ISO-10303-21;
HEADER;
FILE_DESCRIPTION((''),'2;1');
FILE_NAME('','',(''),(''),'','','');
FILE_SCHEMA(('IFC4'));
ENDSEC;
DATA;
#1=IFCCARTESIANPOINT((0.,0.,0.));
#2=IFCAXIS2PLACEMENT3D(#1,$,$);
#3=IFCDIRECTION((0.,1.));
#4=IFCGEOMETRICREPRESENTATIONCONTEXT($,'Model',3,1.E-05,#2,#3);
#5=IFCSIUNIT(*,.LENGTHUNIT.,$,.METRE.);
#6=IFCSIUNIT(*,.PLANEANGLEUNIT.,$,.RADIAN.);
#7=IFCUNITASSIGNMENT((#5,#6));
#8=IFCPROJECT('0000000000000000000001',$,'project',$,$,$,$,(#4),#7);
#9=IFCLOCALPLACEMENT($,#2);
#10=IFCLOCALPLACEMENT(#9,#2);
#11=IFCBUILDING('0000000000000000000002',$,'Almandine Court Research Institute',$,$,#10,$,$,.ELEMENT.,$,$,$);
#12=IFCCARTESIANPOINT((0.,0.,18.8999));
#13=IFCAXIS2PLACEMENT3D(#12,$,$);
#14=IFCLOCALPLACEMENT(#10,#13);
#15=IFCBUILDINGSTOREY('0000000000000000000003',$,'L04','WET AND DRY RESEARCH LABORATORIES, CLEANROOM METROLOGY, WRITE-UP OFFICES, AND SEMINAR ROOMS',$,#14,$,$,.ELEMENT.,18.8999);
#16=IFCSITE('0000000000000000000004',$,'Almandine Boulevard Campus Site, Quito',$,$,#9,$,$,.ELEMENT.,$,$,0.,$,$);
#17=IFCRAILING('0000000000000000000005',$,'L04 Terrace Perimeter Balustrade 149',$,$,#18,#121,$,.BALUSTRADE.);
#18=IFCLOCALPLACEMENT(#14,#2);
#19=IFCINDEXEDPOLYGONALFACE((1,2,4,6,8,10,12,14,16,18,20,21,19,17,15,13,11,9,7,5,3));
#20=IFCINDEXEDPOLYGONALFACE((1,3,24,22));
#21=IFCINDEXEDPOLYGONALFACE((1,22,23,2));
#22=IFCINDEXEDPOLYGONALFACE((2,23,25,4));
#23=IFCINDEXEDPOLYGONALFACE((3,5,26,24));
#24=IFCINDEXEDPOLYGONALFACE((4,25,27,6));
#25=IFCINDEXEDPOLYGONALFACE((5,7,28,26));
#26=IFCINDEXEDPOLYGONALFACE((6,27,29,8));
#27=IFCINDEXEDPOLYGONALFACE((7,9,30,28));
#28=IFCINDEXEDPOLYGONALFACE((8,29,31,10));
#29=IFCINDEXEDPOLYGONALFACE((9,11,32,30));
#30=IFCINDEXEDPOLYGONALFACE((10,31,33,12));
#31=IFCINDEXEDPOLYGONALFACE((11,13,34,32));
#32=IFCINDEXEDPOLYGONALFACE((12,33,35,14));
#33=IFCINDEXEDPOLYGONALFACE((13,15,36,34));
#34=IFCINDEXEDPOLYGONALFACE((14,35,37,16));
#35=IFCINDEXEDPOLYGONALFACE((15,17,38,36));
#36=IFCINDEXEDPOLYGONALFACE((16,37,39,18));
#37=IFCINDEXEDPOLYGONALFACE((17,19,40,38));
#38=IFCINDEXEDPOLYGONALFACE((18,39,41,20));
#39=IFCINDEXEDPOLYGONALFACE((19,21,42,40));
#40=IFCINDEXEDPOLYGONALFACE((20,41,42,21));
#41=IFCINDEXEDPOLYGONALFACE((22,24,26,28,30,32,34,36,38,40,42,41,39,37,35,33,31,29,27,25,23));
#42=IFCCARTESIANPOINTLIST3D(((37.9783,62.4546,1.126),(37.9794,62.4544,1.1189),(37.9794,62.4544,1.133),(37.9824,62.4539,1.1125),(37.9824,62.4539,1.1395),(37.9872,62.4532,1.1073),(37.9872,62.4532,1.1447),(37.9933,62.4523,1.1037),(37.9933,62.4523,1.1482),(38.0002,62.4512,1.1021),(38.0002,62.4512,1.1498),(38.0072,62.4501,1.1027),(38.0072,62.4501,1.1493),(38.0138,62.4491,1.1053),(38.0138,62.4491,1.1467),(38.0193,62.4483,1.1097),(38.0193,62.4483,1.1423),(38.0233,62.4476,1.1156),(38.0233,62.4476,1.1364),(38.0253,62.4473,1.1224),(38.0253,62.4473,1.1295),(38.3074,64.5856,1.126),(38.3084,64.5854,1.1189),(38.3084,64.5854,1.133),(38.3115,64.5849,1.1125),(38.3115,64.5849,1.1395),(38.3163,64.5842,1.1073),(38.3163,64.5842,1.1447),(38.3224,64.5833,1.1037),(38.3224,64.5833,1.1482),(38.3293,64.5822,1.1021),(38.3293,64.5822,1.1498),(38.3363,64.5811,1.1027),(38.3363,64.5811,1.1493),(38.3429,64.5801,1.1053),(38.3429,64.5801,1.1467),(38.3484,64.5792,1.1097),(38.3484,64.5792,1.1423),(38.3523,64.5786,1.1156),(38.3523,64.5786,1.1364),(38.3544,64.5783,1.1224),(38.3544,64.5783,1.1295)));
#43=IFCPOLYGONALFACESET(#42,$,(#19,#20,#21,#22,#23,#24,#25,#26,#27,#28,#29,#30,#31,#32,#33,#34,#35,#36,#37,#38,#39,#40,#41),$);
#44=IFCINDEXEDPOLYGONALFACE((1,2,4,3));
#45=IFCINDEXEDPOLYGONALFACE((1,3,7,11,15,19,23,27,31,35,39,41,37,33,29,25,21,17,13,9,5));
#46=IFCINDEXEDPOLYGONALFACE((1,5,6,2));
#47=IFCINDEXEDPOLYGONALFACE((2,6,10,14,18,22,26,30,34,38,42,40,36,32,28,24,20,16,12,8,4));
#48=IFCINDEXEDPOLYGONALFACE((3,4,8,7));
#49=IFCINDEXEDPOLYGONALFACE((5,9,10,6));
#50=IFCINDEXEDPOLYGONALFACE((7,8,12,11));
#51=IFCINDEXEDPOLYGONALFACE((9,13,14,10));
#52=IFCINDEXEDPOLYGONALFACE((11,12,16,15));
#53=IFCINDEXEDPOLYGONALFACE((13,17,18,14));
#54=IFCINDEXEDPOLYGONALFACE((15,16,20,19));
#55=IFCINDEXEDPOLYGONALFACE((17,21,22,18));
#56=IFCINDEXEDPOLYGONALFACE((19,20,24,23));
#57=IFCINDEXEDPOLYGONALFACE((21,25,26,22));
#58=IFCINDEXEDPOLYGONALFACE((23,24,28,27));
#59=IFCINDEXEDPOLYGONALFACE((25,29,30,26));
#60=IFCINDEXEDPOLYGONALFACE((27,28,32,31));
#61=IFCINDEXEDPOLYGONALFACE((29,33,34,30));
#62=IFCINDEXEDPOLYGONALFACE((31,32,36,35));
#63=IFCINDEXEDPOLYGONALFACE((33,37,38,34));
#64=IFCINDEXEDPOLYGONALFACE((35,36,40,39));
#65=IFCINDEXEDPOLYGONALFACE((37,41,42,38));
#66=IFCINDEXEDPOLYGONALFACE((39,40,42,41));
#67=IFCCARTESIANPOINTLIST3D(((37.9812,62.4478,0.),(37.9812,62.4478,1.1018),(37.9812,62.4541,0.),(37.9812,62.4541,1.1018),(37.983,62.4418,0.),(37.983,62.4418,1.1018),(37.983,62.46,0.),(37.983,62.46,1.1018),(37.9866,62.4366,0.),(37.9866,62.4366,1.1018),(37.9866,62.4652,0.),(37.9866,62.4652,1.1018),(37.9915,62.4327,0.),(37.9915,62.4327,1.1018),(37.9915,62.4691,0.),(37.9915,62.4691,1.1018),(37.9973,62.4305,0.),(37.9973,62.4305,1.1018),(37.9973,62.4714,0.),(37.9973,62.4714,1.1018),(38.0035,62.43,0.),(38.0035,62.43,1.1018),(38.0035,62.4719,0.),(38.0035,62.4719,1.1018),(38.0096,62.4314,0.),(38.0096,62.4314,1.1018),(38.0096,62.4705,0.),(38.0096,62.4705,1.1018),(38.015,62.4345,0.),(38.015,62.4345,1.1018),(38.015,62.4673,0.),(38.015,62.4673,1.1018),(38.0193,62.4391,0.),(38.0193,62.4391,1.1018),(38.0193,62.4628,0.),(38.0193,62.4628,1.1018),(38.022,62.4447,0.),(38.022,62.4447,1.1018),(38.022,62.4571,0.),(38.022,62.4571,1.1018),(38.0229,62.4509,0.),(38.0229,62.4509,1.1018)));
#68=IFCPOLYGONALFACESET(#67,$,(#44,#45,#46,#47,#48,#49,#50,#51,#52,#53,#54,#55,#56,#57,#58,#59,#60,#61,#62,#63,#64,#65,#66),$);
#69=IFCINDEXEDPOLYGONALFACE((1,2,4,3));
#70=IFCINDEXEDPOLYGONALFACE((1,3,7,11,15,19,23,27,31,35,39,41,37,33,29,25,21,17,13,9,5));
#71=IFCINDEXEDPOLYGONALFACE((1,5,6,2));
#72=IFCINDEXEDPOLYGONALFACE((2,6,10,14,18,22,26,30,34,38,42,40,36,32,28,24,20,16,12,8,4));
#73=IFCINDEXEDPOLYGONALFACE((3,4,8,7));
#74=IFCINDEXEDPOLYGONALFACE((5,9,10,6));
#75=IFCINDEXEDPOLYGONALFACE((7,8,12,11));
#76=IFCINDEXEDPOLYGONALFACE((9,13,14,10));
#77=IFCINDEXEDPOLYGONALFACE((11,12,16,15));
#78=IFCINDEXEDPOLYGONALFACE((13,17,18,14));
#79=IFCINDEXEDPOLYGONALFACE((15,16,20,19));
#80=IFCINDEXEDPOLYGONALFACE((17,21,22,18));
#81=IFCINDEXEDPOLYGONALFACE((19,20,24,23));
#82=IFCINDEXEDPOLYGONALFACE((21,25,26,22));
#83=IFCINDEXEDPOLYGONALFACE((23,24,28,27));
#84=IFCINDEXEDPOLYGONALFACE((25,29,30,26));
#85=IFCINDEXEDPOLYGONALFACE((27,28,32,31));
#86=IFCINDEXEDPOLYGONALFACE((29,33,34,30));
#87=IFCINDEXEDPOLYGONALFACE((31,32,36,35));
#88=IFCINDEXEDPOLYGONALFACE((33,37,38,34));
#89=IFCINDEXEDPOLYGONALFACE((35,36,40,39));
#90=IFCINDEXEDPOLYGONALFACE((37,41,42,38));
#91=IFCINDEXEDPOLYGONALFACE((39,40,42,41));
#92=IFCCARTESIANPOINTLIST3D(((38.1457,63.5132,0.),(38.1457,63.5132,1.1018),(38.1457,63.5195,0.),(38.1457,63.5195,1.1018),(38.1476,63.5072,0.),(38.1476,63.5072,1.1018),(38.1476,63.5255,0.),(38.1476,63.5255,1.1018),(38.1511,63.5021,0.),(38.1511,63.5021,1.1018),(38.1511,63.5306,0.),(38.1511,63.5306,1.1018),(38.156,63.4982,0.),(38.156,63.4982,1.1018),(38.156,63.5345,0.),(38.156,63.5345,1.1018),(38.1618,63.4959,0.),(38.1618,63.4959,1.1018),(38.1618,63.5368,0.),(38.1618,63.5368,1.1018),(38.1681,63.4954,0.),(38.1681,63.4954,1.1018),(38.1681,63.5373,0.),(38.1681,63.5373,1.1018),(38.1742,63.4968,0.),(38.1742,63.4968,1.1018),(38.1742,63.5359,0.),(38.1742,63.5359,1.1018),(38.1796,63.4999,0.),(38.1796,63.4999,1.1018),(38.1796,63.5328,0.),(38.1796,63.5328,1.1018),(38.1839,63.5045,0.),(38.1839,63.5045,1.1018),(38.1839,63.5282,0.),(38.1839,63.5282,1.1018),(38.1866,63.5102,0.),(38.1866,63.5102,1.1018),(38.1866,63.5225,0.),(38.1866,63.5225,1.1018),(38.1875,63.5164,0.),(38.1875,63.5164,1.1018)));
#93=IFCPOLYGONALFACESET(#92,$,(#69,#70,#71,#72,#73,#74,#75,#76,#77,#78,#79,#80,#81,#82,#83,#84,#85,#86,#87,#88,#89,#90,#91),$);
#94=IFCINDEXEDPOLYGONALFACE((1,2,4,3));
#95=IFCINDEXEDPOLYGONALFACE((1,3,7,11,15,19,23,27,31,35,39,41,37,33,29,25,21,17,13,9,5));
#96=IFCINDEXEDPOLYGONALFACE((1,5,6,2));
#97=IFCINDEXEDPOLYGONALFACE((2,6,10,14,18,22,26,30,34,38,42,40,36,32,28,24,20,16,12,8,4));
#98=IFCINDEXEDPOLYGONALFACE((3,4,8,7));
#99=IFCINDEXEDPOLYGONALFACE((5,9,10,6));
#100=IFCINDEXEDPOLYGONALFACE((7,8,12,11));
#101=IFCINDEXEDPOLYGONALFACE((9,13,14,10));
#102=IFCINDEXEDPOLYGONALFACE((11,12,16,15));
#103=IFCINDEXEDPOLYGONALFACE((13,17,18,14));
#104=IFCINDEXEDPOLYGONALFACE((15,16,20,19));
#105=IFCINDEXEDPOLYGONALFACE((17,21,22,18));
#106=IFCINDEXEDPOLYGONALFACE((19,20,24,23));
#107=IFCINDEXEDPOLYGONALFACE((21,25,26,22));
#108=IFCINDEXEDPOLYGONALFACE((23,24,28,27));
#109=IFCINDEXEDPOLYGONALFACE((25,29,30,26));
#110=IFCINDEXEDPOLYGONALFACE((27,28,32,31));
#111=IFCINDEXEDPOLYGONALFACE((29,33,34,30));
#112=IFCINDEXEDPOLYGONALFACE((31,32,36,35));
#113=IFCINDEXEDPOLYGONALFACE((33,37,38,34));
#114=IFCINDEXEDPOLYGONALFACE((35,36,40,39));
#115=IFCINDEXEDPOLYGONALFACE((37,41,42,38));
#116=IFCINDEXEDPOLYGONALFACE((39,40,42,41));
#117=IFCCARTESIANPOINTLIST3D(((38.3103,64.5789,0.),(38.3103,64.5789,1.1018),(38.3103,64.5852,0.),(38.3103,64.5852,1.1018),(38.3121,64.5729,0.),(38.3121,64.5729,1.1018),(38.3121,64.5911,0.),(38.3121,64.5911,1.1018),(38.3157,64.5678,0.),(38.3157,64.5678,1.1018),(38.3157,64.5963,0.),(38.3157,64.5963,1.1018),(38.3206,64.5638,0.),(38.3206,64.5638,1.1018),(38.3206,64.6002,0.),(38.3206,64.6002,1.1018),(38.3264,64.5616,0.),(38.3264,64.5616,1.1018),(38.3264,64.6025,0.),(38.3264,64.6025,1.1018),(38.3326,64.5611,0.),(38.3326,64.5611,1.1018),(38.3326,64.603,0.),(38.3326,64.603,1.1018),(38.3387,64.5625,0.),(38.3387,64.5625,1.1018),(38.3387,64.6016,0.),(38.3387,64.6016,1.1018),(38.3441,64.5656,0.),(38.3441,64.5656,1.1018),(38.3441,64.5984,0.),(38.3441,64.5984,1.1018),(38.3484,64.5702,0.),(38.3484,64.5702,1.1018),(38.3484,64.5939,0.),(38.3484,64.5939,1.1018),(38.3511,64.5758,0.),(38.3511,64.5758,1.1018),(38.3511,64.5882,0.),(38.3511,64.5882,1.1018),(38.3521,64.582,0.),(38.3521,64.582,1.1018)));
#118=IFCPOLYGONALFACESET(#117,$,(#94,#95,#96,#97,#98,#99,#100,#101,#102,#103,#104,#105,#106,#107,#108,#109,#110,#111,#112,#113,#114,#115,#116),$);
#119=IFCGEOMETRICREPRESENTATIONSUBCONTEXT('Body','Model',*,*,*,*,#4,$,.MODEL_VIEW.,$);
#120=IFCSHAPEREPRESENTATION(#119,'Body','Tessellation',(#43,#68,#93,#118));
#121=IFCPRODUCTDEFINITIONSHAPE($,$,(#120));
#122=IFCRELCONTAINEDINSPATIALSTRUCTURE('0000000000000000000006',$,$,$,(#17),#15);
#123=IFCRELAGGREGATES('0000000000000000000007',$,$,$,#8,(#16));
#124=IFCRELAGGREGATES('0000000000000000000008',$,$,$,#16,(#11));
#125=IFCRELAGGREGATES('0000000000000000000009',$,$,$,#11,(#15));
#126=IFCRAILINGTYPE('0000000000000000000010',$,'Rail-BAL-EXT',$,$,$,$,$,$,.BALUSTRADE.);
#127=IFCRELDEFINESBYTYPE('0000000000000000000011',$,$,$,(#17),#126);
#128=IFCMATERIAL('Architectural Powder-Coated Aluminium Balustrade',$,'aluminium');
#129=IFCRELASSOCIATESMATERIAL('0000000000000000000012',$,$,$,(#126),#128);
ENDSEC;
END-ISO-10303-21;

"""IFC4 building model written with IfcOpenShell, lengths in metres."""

from ifc_helpers import new_model, si_unit, direction, frame, origin, origin_2d, place, context, subcontext, project, spatial, circle, extrude, material, type_object, element, save


model = new_model("IFC4")

# Units and contexts
model_context = context("Model", 3, precision=1e-05, world=origin(), true_north=direction((0.0, 1.0)))
body_context = subcontext(model_context, "Body", "Model", "MODEL_VIEW")
ifc_project = project(units=[si_unit("LENGTHUNIT", "METRE"), si_unit("PLANEANGLEUNIT", "RADIAN")], contexts=[model_context])

# Site, building, storey
site_placement = place(None, origin())
site = spatial("IfcSite", under=ifc_project, at=site_placement, Name="Almandine Boulevard Campus Site, Quito", CompositionType="ELEMENT", RefElevation=0.0)
building_placement = place(site_placement, origin())
building = spatial("IfcBuilding", under=site, at=building_placement, Name="Almandine Court Research Institute", CompositionType="ELEMENT")
storey_placement = place(building_placement, frame((0.0, 0.0, 18.8999)))
storey = spatial("IfcBuildingStorey", under=building, at=storey_placement, Name="L04", Description="WET AND DRY RESEARCH LABORATORIES, CLEANROOM METROLOGY, WRITE-UP OFFICES, AND SEMINAR ROOMS", CompositionType="ELEMENT", Elevation=18.8999)

# Railing
ifc_material_1 = material(Name="Architectural Powder-Coated Aluminium Balustrade", Category="aluminium")
railing_type = type_object("IfcRailingType", Name="Rail-BAL-EXT", PredefinedType="BALUSTRADE", material=ifc_material_1)
railing_1_placement = place(storey_placement, frame((38.002, 62.4509, 0.0)))
element("IfcRailing", 1, at=railing_1_placement, inside=storey, type_object=railing_type, Name="L04 Terrace Perimeter Balustrade 149", PredefinedType="BALUSTRADE", context=body_context, shape_type="SweptSolid", body=[
    extrude(circle(Radius=0.0239, at=origin_2d()), frame((0.0, 0.0, 1.126), z_axis=(0.152619, 0.988285, 0.0), x_axis=(-0.988285, 0.152619, 0.0)), (0.0, 0.0, 1.0), 2.1562),
    extrude(circle(Radius=0.021, at=origin_2d()), origin(), (0.0, 0.0, 1.0), 1.1018),
    extrude(circle(Radius=0.021, at=origin_2d()), frame((0.1646, 1.0654, 0.0)), (0.0, 0.0, 1.0), 1.1018),
    extrude(circle(Radius=0.021, at=origin_2d()), frame((0.3291, 2.1311, 0.0)), (0.0, 0.0, 1.0), 1.1018),
])

save(model, "model.ifc")
